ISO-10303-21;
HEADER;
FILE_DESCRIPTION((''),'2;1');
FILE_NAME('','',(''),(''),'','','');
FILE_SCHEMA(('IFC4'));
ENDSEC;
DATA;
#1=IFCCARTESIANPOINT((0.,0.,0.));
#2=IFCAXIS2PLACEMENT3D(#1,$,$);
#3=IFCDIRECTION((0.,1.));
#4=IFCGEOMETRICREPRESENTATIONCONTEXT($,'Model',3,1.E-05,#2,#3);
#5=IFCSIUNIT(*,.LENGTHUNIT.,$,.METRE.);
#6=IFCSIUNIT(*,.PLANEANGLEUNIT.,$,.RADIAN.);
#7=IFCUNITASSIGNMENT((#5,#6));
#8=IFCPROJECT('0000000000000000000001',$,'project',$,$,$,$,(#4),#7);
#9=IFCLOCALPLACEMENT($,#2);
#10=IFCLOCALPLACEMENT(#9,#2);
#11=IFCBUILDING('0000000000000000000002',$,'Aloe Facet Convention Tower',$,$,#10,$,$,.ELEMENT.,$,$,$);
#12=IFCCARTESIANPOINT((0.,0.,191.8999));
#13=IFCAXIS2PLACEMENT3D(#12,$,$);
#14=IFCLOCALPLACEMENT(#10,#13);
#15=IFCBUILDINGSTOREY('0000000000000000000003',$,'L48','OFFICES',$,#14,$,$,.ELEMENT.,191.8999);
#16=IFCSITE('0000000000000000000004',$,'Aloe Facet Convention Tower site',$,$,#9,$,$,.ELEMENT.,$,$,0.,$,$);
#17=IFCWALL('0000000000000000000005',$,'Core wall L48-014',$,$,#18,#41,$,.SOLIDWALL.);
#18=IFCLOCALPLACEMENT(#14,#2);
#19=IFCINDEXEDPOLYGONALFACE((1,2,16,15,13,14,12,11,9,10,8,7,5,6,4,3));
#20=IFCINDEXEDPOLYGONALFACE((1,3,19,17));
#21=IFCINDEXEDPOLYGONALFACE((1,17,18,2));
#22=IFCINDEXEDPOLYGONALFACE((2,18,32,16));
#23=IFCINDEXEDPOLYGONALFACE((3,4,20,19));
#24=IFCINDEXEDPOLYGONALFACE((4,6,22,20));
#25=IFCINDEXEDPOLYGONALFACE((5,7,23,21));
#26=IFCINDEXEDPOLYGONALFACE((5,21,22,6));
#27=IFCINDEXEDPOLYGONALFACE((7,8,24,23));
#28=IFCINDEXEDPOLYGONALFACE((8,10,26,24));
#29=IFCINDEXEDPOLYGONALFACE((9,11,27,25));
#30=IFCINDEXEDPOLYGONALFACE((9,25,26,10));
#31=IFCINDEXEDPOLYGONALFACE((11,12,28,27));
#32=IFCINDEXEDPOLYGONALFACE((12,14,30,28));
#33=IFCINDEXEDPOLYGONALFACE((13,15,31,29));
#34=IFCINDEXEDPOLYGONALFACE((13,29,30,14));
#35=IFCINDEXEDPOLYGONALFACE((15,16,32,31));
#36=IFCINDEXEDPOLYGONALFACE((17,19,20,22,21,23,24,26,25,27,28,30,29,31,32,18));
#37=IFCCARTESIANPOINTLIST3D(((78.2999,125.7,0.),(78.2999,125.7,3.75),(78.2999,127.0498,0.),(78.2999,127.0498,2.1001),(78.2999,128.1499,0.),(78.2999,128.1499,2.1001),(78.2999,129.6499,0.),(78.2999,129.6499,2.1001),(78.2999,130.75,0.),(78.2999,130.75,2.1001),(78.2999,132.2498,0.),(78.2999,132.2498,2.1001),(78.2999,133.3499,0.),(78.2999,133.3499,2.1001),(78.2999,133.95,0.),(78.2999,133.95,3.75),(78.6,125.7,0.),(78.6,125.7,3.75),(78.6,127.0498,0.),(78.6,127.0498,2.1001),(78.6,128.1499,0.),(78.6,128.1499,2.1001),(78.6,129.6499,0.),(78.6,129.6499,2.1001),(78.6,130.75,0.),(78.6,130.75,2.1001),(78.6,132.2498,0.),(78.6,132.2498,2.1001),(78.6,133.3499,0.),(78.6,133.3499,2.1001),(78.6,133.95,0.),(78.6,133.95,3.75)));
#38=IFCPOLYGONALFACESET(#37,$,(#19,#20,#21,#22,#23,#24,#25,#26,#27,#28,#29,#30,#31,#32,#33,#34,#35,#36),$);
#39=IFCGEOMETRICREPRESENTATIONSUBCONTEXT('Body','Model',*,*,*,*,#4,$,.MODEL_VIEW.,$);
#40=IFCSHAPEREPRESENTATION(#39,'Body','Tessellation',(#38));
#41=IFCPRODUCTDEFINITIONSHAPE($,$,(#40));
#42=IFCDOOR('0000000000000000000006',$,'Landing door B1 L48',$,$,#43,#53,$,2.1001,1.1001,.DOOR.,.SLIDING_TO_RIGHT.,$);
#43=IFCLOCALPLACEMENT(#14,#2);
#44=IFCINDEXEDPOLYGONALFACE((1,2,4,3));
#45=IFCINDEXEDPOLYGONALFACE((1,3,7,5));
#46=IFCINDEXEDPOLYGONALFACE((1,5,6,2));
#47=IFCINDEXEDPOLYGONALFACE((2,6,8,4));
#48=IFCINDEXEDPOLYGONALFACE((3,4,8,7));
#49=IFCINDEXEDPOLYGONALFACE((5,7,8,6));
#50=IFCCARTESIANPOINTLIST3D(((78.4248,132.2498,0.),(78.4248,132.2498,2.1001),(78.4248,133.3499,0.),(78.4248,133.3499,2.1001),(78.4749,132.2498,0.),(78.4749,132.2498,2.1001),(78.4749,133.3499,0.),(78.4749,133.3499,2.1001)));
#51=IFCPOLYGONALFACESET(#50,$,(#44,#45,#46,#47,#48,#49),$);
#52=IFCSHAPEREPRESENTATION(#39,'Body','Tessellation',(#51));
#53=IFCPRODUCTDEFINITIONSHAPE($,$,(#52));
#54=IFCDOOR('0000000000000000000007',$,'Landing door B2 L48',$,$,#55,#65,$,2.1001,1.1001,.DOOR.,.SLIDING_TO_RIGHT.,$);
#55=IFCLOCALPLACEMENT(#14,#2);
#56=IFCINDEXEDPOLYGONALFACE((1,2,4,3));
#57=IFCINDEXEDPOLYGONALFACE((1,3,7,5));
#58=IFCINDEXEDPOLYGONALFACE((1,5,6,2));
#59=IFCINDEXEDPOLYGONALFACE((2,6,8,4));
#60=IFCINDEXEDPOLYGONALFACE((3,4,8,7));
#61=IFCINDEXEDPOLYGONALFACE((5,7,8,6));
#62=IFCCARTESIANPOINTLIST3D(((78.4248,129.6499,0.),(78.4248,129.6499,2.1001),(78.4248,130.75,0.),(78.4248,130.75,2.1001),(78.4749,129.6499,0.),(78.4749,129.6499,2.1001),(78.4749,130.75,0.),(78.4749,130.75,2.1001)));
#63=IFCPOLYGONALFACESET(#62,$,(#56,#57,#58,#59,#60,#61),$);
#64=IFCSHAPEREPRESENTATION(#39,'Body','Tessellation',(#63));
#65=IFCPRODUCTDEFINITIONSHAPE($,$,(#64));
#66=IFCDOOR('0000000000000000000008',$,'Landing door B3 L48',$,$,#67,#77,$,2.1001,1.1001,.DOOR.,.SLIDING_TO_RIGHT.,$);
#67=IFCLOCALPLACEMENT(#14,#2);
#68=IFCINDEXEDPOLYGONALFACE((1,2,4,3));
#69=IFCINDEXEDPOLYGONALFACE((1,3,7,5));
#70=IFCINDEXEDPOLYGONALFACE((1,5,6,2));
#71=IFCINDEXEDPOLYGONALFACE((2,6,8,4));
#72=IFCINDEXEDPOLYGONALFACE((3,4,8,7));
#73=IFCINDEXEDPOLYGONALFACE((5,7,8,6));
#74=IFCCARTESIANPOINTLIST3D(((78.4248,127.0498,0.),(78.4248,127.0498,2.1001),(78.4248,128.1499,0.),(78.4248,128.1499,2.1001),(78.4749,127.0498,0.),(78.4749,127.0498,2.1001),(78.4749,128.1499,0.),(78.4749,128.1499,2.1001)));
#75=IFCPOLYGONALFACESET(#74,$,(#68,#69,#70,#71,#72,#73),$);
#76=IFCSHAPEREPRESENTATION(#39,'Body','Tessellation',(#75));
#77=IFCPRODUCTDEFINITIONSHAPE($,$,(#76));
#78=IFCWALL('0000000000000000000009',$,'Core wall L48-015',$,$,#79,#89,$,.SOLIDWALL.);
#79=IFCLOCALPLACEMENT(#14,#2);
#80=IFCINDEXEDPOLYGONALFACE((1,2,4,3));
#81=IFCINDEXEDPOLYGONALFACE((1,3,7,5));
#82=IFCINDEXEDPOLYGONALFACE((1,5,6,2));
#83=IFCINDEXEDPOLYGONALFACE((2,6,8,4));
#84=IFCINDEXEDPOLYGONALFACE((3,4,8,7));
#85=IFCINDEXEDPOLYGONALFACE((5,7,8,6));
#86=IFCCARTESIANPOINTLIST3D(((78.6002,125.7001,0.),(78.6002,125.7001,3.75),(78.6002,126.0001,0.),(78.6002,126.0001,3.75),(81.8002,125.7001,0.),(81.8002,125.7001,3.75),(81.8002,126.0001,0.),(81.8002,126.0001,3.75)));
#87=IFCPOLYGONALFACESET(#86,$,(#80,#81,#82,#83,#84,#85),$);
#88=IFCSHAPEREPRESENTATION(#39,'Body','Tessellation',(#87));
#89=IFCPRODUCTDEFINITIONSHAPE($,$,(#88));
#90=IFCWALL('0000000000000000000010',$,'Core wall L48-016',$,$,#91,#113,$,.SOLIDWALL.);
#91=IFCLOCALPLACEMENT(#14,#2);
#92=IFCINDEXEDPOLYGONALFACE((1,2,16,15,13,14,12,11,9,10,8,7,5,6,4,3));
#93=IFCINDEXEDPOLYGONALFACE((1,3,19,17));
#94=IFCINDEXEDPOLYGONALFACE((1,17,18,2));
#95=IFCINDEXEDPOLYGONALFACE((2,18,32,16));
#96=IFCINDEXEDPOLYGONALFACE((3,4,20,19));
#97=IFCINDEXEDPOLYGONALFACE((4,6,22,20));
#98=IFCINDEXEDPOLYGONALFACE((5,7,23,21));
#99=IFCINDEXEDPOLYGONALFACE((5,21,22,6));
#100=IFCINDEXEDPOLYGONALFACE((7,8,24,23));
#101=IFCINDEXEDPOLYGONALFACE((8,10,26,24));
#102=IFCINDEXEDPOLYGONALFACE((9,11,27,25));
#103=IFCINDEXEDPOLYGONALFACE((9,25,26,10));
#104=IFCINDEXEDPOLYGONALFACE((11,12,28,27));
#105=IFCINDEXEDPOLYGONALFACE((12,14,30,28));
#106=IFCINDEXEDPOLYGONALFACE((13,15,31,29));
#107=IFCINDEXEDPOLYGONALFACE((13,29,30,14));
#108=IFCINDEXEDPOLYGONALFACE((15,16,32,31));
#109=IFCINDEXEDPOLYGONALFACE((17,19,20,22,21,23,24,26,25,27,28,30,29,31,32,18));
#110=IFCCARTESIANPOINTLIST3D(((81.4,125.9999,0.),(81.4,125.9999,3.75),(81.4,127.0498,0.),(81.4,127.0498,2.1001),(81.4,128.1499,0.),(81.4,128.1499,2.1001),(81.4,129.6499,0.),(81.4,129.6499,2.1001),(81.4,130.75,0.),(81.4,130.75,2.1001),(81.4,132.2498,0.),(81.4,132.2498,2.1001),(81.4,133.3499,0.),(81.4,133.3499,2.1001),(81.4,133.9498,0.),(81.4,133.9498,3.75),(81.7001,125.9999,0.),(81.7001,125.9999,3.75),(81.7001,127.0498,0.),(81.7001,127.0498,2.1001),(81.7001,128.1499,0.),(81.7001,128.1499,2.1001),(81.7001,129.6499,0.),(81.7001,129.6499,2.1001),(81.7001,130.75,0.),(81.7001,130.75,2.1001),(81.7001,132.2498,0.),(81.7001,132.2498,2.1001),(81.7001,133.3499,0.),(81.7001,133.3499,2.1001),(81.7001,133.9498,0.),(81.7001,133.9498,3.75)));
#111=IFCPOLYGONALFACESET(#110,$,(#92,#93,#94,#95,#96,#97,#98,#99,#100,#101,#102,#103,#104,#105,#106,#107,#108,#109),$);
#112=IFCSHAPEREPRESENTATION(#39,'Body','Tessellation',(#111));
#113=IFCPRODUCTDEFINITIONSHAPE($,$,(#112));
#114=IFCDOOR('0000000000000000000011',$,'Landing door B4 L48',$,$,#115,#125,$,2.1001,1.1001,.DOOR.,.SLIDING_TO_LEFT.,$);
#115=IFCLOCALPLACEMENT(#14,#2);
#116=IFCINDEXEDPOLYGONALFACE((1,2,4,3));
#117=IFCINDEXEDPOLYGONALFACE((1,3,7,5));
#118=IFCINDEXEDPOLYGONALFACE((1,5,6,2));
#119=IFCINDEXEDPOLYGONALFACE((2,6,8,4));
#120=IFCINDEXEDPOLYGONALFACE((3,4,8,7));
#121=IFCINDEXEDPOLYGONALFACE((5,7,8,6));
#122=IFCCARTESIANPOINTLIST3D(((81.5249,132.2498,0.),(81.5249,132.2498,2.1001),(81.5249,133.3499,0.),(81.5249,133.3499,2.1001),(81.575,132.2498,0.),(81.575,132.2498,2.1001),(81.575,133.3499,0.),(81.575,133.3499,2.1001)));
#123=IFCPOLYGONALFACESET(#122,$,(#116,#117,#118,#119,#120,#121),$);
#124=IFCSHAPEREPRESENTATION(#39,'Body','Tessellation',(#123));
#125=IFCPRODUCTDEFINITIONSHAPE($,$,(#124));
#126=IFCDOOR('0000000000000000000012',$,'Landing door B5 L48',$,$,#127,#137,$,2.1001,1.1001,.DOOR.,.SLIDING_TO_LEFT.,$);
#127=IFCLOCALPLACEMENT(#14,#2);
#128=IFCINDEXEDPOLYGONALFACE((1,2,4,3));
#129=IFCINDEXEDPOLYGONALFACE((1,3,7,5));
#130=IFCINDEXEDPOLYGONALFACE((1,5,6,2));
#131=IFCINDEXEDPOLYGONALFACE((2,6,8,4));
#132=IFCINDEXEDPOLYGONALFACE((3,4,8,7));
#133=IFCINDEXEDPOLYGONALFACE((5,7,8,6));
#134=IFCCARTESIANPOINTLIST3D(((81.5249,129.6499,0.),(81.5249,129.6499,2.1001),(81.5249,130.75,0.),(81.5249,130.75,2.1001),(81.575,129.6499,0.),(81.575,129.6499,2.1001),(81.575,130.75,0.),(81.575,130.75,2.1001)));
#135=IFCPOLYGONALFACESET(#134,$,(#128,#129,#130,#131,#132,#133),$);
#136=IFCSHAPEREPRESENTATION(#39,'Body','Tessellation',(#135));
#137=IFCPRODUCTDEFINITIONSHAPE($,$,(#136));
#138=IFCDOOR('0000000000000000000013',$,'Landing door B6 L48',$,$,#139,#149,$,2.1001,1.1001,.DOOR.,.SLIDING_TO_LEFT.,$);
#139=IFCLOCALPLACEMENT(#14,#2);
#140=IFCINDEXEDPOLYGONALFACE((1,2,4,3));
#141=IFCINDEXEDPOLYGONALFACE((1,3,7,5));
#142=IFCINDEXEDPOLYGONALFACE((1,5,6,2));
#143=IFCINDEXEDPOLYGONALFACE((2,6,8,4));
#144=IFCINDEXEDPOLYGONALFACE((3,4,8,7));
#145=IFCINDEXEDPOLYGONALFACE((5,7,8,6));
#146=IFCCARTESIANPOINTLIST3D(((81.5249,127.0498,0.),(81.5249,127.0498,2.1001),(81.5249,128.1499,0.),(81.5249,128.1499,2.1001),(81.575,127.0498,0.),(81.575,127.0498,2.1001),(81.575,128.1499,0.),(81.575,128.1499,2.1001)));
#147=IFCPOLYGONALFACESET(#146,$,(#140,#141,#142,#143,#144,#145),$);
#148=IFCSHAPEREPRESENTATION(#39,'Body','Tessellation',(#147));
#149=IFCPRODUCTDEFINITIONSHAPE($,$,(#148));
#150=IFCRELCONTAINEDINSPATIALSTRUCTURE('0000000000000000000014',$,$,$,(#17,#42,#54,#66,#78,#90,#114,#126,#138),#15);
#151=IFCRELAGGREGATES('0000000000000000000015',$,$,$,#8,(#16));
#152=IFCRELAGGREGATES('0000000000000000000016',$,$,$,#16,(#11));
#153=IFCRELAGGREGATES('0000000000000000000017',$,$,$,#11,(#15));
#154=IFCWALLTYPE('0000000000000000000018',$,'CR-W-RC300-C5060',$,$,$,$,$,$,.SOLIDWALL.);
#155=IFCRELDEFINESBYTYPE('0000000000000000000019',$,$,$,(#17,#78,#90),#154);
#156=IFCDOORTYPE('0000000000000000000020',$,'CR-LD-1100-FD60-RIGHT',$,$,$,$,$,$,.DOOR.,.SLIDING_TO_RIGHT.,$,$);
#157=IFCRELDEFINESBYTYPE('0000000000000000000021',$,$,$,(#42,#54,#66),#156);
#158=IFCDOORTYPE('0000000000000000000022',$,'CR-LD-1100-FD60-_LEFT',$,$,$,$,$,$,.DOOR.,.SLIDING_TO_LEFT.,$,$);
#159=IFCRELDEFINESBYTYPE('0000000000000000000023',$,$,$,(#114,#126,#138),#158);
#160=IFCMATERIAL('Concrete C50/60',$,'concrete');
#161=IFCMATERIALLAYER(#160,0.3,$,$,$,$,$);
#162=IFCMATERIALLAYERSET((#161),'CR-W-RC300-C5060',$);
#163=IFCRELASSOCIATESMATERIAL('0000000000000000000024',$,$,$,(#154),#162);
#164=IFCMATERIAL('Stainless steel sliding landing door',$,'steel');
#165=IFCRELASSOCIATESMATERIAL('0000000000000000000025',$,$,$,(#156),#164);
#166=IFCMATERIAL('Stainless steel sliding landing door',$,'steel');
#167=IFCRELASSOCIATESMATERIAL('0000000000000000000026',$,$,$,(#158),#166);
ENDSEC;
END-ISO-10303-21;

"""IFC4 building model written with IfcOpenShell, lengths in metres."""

from ifc_helpers import new_model, si_unit, direction, frame, frame_2d, origin, place, context, subcontext, project, spatial, rectangle, extrude, material, layer, layer_set, type_object, element, fill, save


model = new_model("IFC4")

# Units and contexts
model_context = context("Model", 3, precision=1e-05, world=origin(), true_north=direction((0.0, 1.0)))
body_context = subcontext(model_context, "Body", "Model", "MODEL_VIEW")
ifc_project = project(units=[si_unit("LENGTHUNIT", "METRE"), si_unit("PLANEANGLEUNIT", "RADIAN")], contexts=[model_context])

# Site, building, storey
site_placement = place(None, origin())
site = spatial("IfcSite", under=ifc_project, at=site_placement, Name="Aloe Facet Convention Tower site", CompositionType="ELEMENT", RefElevation=0.0)
building_placement = place(site_placement, origin())
building = spatial("IfcBuilding", under=site, at=building_placement, Name="Aloe Facet Convention Tower", CompositionType="ELEMENT")
storey_placement = place(building_placement, frame((0.0, 0.0, 191.8999)))
storey = spatial("IfcBuildingStorey", under=building, at=storey_placement, Name="L48", Description="OFFICES", CompositionType="ELEMENT", Elevation=191.8999)

# Wall, openings, doors
ifc_material_1 = material(Name="Concrete C50/60", Category="concrete")
ifc_layer = layer(ifc_material_1, 0.3)
ifc_layer_set = layer_set([ifc_layer], Name="CR-W-RC300-C5060")
wall_type = type_object("IfcWallType", Name="CR-W-RC300-C5060", PredefinedType="SOLIDWALL", material=ifc_layer_set)
wall_1_placement = place(storey_placement, frame((78.45, 133.95, 0.0), z_axis=(0.0, 0.0, 1.0), x_axis=(0.0, -1.0, 0.0)))
wall_1 = element("IfcWall", 1, at=wall_1_placement, inside=storey, type_object=wall_type, Name="Core wall L48-014", PredefinedType="SOLIDWALL", context=body_context, shape_type="SweptSolid", body=[
    extrude(rectangle(XDim=8.25, YDim=0.3, at=frame_2d((4.125, 0.0))), origin(), (0.0, 0.0, 1.0), 3.75),
])
opening_1_placement = place(wall_1_placement, frame((0.6001, 0.0, 0.0)))
opening_1 = element("IfcOpeningElement", 2, at=opening_1_placement, cuts=wall_1, PredefinedType="OPENING", context=body_context, shape_type="SweptSolid", body=[
    extrude(rectangle(XDim=1.1001, YDim=2.1001, at=frame_2d((0.55, 1.05))), frame((0.0, 0.1602, 0.0), z_axis=(0.0, -1.0, 0.0), x_axis=(1.0, 0.0, 0.0)), (0.0, 0.0, 1.0), 0.3201),
])
opening_2_placement = place(wall_1_placement, frame((3.2, 0.0, 0.0)))
opening_2 = element("IfcOpeningElement", 3, at=opening_2_placement, cuts=wall_1, PredefinedType="OPENING", context=body_context, shape_type="SweptSolid", body=[
    extrude(rectangle(XDim=1.1001, YDim=2.1001, at=frame_2d((0.55, 1.05))), frame((0.0, 0.1602, 0.0), z_axis=(0.0, -1.0, 0.0), x_axis=(1.0, 0.0, 0.0)), (0.0, 0.0, 1.0), 0.3201),
])
opening_3_placement = place(wall_1_placement, frame((5.8, 0.0, 0.0)))
opening_3 = element("IfcOpeningElement", 4, at=opening_3_placement, cuts=wall_1, PredefinedType="OPENING", context=body_context, shape_type="SweptSolid", body=[
    extrude(rectangle(XDim=1.1001, YDim=2.1001, at=frame_2d((0.55, 1.05))), frame((0.0, 0.1602, 0.0), z_axis=(0.0, -1.0, 0.0), x_axis=(1.0, 0.0, 0.0)), (0.0, 0.0, 1.0), 0.3201),
])
ifc_material_2 = material(Name="Stainless steel sliding landing door", Category="steel")
door_type_1 = type_object("IfcDoorType", Name="CR-LD-1100-FD60-RIGHT", OperationType="SLIDING_TO_RIGHT", PredefinedType="DOOR", material=ifc_material_2)
door_1_placement = place(opening_1_placement, origin())
door_1 = element("IfcDoor", 5, at=door_1_placement, inside=storey, type_object=door_type_1, Name="Landing door B1 L48", OperationType="SLIDING_TO_RIGHT", OverallHeight=2.1001, OverallWidth=1.1001, PredefinedType="DOOR", context=body_context, shape_type="SweptSolid", body=[
    extrude(rectangle(XDim=1.1001, YDim=2.1001, at=frame_2d((0.55, 1.05))), frame((0.0, 0.0249, 0.0), z_axis=(0.0, -1.0, 0.0), x_axis=(1.0, 0.0, 0.0)), (0.0, 0.0, 1.0), 0.05),
])
fill(opening_1, door_1)
door_2_placement = place(opening_2_placement, origin())
door_2 = element("IfcDoor", 6, at=door_2_placement, inside=storey, type_object=door_type_1, Name="Landing door B2 L48", OperationType="SLIDING_TO_RIGHT", OverallHeight=2.1001, OverallWidth=1.1001, PredefinedType="DOOR", context=body_context, shape_type="SweptSolid", body=[
    extrude(rectangle(XDim=1.1001, YDim=2.1001, at=frame_2d((0.55, 1.05))), frame((0.0, 0.0249, 0.0), z_axis=(0.0, -1.0, 0.0), x_axis=(1.0, 0.0, 0.0)), (0.0, 0.0, 1.0), 0.05),
])
fill(opening_2, door_2)
door_3_placement = place(opening_3_placement, origin())
door_3 = element("IfcDoor", 7, at=door_3_placement, inside=storey, type_object=door_type_1, Name="Landing door B3 L48", OperationType="SLIDING_TO_RIGHT", OverallHeight=2.1001, OverallWidth=1.1001, PredefinedType="DOOR", context=body_context, shape_type="SweptSolid", body=[
    extrude(rectangle(XDim=1.1001, YDim=2.1001, at=frame_2d((0.55, 1.05))), frame((0.0, 0.0249, 0.0), z_axis=(0.0, -1.0, 0.0), x_axis=(1.0, 0.0, 0.0)), (0.0, 0.0, 1.0), 0.05),
])
fill(opening_3, door_3)

# Wall
wall_2_placement = place(storey_placement, frame((78.6001, 125.8501, 0.0), z_axis=(0.0, 0.0, 1.0), x_axis=(1.0, 0.0, 0.0)))
element("IfcWall", 8, at=wall_2_placement, inside=storey, type_object=wall_type, Name="Core wall L48-015", PredefinedType="SOLIDWALL", context=body_context, shape_type="SweptSolid", body=[
    extrude(rectangle(XDim=3.2, YDim=0.3, at=frame_2d((1.6001, 0.0))), origin(), (0.0, 0.0, 1.0), 3.75),
])

# Wall, openings, doors
wall_3_placement = place(storey_placement, frame((81.55, 133.95, 0.0), z_axis=(0.0, 0.0, 1.0), x_axis=(0.0, -1.0, 0.0)))
wall_3 = element("IfcWall", 9, at=wall_3_placement, inside=storey, type_object=wall_type, Name="Core wall L48-016", PredefinedType="SOLIDWALL", context=body_context, shape_type="SweptSolid", body=[
    extrude(rectangle(XDim=7.95, YDim=0.3, at=frame_2d((3.9751, 0.0))), origin(), (0.0, 0.0, 1.0), 3.75),
])
opening_4_placement = place(wall_3_placement, frame((0.6001, 0.0, 0.0)))
opening_4 = element("IfcOpeningElement", 10, at=opening_4_placement, cuts=wall_3, PredefinedType="OPENING", context=body_context, shape_type="SweptSolid", body=[
    extrude(rectangle(XDim=1.1001, YDim=2.1001, at=frame_2d((0.55, 1.05))), frame((0.0, 0.1602, 0.0), z_axis=(0.0, -1.0, 0.0), x_axis=(1.0, 0.0, 0.0)), (0.0, 0.0, 1.0), 0.3201),
])
opening_5_placement = place(wall_3_placement, frame((3.2, 0.0, 0.0)))
opening_5 = element("IfcOpeningElement", 11, at=opening_5_placement, cuts=wall_3, PredefinedType="OPENING", context=body_context, shape_type="SweptSolid", body=[
    extrude(rectangle(XDim=1.1001, YDim=2.1001, at=frame_2d((0.55, 1.05))), frame((0.0, 0.1602, 0.0), z_axis=(0.0, -1.0, 0.0), x_axis=(1.0, 0.0, 0.0)), (0.0, 0.0, 1.0), 0.3201),
])
opening_6_placement = place(wall_3_placement, frame((5.8, 0.0, 0.0)))
opening_6 = element("IfcOpeningElement", 12, at=opening_6_placement, cuts=wall_3, PredefinedType="OPENING", context=body_context, shape_type="SweptSolid", body=[
    extrude(rectangle(XDim=1.1001, YDim=2.1001, at=frame_2d((0.55, 1.05))), frame((0.0, 0.1602, 0.0), z_axis=(0.0, -1.0, 0.0), x_axis=(1.0, 0.0, 0.0)), (0.0, 0.0, 1.0), 0.3201),
])
ifc_material_3 = material(Name="Stainless steel sliding landing door", Category="steel")
door_type_2 = type_object("IfcDoorType", Name="CR-LD-1100-FD60-_LEFT", OperationType="SLIDING_TO_LEFT", PredefinedType="DOOR", material=ifc_material_3)
door_4_placement = place(opening_4_placement, origin())
door_4 = element("IfcDoor", 13, at=door_4_placement, inside=storey, type_object=door_type_2, Name="Landing door B4 L48", OperationType="SLIDING_TO_LEFT", OverallHeight=2.1001, OverallWidth=1.1001, PredefinedType="DOOR", context=body_context, shape_type="SweptSolid", body=[
    extrude(rectangle(XDim=1.1001, YDim=2.1001, at=frame_2d((0.55, 1.05))), frame((0.0, 0.0249, 0.0), z_axis=(0.0, -1.0, 0.0), x_axis=(1.0, 0.0, 0.0)), (0.0, 0.0, 1.0), 0.05),
])
fill(opening_4, door_4)
door_5_placement = place(opening_5_placement, origin())
door_5 = element("IfcDoor", 14, at=door_5_placement, inside=storey, type_object=door_type_2, Name="Landing door B5 L48", OperationType="SLIDING_TO_LEFT", OverallHeight=2.1001, OverallWidth=1.1001, PredefinedType="DOOR", context=body_context, shape_type="SweptSolid", body=[
    extrude(rectangle(XDim=1.1001, YDim=2.1001, at=frame_2d((0.55, 1.05))), frame((0.0, 0.0249, 0.0), z_axis=(0.0, -1.0, 0.0), x_axis=(1.0, 0.0, 0.0)), (0.0, 0.0, 1.0), 0.05),
])
fill(opening_5, door_5)
door_6_placement = place(opening_6_placement, origin())
door_6 = element("IfcDoor", 15, at=door_6_placement, inside=storey, type_object=door_type_2, Name="Landing door B6 L48", OperationType="SLIDING_TO_LEFT", OverallHeight=2.1001, OverallWidth=1.1001, PredefinedType="DOOR", context=body_context, shape_type="SweptSolid", body=[
    extrude(rectangle(XDim=1.1001, YDim=2.1001, at=frame_2d((0.55, 1.05))), frame((0.0, 0.0249, 0.0), z_axis=(0.0, -1.0, 0.0), x_axis=(1.0, 0.0, 0.0)), (0.0, 0.0, 1.0), 0.05),
])
fill(opening_6, door_6)

save(model, "model.ifc")
